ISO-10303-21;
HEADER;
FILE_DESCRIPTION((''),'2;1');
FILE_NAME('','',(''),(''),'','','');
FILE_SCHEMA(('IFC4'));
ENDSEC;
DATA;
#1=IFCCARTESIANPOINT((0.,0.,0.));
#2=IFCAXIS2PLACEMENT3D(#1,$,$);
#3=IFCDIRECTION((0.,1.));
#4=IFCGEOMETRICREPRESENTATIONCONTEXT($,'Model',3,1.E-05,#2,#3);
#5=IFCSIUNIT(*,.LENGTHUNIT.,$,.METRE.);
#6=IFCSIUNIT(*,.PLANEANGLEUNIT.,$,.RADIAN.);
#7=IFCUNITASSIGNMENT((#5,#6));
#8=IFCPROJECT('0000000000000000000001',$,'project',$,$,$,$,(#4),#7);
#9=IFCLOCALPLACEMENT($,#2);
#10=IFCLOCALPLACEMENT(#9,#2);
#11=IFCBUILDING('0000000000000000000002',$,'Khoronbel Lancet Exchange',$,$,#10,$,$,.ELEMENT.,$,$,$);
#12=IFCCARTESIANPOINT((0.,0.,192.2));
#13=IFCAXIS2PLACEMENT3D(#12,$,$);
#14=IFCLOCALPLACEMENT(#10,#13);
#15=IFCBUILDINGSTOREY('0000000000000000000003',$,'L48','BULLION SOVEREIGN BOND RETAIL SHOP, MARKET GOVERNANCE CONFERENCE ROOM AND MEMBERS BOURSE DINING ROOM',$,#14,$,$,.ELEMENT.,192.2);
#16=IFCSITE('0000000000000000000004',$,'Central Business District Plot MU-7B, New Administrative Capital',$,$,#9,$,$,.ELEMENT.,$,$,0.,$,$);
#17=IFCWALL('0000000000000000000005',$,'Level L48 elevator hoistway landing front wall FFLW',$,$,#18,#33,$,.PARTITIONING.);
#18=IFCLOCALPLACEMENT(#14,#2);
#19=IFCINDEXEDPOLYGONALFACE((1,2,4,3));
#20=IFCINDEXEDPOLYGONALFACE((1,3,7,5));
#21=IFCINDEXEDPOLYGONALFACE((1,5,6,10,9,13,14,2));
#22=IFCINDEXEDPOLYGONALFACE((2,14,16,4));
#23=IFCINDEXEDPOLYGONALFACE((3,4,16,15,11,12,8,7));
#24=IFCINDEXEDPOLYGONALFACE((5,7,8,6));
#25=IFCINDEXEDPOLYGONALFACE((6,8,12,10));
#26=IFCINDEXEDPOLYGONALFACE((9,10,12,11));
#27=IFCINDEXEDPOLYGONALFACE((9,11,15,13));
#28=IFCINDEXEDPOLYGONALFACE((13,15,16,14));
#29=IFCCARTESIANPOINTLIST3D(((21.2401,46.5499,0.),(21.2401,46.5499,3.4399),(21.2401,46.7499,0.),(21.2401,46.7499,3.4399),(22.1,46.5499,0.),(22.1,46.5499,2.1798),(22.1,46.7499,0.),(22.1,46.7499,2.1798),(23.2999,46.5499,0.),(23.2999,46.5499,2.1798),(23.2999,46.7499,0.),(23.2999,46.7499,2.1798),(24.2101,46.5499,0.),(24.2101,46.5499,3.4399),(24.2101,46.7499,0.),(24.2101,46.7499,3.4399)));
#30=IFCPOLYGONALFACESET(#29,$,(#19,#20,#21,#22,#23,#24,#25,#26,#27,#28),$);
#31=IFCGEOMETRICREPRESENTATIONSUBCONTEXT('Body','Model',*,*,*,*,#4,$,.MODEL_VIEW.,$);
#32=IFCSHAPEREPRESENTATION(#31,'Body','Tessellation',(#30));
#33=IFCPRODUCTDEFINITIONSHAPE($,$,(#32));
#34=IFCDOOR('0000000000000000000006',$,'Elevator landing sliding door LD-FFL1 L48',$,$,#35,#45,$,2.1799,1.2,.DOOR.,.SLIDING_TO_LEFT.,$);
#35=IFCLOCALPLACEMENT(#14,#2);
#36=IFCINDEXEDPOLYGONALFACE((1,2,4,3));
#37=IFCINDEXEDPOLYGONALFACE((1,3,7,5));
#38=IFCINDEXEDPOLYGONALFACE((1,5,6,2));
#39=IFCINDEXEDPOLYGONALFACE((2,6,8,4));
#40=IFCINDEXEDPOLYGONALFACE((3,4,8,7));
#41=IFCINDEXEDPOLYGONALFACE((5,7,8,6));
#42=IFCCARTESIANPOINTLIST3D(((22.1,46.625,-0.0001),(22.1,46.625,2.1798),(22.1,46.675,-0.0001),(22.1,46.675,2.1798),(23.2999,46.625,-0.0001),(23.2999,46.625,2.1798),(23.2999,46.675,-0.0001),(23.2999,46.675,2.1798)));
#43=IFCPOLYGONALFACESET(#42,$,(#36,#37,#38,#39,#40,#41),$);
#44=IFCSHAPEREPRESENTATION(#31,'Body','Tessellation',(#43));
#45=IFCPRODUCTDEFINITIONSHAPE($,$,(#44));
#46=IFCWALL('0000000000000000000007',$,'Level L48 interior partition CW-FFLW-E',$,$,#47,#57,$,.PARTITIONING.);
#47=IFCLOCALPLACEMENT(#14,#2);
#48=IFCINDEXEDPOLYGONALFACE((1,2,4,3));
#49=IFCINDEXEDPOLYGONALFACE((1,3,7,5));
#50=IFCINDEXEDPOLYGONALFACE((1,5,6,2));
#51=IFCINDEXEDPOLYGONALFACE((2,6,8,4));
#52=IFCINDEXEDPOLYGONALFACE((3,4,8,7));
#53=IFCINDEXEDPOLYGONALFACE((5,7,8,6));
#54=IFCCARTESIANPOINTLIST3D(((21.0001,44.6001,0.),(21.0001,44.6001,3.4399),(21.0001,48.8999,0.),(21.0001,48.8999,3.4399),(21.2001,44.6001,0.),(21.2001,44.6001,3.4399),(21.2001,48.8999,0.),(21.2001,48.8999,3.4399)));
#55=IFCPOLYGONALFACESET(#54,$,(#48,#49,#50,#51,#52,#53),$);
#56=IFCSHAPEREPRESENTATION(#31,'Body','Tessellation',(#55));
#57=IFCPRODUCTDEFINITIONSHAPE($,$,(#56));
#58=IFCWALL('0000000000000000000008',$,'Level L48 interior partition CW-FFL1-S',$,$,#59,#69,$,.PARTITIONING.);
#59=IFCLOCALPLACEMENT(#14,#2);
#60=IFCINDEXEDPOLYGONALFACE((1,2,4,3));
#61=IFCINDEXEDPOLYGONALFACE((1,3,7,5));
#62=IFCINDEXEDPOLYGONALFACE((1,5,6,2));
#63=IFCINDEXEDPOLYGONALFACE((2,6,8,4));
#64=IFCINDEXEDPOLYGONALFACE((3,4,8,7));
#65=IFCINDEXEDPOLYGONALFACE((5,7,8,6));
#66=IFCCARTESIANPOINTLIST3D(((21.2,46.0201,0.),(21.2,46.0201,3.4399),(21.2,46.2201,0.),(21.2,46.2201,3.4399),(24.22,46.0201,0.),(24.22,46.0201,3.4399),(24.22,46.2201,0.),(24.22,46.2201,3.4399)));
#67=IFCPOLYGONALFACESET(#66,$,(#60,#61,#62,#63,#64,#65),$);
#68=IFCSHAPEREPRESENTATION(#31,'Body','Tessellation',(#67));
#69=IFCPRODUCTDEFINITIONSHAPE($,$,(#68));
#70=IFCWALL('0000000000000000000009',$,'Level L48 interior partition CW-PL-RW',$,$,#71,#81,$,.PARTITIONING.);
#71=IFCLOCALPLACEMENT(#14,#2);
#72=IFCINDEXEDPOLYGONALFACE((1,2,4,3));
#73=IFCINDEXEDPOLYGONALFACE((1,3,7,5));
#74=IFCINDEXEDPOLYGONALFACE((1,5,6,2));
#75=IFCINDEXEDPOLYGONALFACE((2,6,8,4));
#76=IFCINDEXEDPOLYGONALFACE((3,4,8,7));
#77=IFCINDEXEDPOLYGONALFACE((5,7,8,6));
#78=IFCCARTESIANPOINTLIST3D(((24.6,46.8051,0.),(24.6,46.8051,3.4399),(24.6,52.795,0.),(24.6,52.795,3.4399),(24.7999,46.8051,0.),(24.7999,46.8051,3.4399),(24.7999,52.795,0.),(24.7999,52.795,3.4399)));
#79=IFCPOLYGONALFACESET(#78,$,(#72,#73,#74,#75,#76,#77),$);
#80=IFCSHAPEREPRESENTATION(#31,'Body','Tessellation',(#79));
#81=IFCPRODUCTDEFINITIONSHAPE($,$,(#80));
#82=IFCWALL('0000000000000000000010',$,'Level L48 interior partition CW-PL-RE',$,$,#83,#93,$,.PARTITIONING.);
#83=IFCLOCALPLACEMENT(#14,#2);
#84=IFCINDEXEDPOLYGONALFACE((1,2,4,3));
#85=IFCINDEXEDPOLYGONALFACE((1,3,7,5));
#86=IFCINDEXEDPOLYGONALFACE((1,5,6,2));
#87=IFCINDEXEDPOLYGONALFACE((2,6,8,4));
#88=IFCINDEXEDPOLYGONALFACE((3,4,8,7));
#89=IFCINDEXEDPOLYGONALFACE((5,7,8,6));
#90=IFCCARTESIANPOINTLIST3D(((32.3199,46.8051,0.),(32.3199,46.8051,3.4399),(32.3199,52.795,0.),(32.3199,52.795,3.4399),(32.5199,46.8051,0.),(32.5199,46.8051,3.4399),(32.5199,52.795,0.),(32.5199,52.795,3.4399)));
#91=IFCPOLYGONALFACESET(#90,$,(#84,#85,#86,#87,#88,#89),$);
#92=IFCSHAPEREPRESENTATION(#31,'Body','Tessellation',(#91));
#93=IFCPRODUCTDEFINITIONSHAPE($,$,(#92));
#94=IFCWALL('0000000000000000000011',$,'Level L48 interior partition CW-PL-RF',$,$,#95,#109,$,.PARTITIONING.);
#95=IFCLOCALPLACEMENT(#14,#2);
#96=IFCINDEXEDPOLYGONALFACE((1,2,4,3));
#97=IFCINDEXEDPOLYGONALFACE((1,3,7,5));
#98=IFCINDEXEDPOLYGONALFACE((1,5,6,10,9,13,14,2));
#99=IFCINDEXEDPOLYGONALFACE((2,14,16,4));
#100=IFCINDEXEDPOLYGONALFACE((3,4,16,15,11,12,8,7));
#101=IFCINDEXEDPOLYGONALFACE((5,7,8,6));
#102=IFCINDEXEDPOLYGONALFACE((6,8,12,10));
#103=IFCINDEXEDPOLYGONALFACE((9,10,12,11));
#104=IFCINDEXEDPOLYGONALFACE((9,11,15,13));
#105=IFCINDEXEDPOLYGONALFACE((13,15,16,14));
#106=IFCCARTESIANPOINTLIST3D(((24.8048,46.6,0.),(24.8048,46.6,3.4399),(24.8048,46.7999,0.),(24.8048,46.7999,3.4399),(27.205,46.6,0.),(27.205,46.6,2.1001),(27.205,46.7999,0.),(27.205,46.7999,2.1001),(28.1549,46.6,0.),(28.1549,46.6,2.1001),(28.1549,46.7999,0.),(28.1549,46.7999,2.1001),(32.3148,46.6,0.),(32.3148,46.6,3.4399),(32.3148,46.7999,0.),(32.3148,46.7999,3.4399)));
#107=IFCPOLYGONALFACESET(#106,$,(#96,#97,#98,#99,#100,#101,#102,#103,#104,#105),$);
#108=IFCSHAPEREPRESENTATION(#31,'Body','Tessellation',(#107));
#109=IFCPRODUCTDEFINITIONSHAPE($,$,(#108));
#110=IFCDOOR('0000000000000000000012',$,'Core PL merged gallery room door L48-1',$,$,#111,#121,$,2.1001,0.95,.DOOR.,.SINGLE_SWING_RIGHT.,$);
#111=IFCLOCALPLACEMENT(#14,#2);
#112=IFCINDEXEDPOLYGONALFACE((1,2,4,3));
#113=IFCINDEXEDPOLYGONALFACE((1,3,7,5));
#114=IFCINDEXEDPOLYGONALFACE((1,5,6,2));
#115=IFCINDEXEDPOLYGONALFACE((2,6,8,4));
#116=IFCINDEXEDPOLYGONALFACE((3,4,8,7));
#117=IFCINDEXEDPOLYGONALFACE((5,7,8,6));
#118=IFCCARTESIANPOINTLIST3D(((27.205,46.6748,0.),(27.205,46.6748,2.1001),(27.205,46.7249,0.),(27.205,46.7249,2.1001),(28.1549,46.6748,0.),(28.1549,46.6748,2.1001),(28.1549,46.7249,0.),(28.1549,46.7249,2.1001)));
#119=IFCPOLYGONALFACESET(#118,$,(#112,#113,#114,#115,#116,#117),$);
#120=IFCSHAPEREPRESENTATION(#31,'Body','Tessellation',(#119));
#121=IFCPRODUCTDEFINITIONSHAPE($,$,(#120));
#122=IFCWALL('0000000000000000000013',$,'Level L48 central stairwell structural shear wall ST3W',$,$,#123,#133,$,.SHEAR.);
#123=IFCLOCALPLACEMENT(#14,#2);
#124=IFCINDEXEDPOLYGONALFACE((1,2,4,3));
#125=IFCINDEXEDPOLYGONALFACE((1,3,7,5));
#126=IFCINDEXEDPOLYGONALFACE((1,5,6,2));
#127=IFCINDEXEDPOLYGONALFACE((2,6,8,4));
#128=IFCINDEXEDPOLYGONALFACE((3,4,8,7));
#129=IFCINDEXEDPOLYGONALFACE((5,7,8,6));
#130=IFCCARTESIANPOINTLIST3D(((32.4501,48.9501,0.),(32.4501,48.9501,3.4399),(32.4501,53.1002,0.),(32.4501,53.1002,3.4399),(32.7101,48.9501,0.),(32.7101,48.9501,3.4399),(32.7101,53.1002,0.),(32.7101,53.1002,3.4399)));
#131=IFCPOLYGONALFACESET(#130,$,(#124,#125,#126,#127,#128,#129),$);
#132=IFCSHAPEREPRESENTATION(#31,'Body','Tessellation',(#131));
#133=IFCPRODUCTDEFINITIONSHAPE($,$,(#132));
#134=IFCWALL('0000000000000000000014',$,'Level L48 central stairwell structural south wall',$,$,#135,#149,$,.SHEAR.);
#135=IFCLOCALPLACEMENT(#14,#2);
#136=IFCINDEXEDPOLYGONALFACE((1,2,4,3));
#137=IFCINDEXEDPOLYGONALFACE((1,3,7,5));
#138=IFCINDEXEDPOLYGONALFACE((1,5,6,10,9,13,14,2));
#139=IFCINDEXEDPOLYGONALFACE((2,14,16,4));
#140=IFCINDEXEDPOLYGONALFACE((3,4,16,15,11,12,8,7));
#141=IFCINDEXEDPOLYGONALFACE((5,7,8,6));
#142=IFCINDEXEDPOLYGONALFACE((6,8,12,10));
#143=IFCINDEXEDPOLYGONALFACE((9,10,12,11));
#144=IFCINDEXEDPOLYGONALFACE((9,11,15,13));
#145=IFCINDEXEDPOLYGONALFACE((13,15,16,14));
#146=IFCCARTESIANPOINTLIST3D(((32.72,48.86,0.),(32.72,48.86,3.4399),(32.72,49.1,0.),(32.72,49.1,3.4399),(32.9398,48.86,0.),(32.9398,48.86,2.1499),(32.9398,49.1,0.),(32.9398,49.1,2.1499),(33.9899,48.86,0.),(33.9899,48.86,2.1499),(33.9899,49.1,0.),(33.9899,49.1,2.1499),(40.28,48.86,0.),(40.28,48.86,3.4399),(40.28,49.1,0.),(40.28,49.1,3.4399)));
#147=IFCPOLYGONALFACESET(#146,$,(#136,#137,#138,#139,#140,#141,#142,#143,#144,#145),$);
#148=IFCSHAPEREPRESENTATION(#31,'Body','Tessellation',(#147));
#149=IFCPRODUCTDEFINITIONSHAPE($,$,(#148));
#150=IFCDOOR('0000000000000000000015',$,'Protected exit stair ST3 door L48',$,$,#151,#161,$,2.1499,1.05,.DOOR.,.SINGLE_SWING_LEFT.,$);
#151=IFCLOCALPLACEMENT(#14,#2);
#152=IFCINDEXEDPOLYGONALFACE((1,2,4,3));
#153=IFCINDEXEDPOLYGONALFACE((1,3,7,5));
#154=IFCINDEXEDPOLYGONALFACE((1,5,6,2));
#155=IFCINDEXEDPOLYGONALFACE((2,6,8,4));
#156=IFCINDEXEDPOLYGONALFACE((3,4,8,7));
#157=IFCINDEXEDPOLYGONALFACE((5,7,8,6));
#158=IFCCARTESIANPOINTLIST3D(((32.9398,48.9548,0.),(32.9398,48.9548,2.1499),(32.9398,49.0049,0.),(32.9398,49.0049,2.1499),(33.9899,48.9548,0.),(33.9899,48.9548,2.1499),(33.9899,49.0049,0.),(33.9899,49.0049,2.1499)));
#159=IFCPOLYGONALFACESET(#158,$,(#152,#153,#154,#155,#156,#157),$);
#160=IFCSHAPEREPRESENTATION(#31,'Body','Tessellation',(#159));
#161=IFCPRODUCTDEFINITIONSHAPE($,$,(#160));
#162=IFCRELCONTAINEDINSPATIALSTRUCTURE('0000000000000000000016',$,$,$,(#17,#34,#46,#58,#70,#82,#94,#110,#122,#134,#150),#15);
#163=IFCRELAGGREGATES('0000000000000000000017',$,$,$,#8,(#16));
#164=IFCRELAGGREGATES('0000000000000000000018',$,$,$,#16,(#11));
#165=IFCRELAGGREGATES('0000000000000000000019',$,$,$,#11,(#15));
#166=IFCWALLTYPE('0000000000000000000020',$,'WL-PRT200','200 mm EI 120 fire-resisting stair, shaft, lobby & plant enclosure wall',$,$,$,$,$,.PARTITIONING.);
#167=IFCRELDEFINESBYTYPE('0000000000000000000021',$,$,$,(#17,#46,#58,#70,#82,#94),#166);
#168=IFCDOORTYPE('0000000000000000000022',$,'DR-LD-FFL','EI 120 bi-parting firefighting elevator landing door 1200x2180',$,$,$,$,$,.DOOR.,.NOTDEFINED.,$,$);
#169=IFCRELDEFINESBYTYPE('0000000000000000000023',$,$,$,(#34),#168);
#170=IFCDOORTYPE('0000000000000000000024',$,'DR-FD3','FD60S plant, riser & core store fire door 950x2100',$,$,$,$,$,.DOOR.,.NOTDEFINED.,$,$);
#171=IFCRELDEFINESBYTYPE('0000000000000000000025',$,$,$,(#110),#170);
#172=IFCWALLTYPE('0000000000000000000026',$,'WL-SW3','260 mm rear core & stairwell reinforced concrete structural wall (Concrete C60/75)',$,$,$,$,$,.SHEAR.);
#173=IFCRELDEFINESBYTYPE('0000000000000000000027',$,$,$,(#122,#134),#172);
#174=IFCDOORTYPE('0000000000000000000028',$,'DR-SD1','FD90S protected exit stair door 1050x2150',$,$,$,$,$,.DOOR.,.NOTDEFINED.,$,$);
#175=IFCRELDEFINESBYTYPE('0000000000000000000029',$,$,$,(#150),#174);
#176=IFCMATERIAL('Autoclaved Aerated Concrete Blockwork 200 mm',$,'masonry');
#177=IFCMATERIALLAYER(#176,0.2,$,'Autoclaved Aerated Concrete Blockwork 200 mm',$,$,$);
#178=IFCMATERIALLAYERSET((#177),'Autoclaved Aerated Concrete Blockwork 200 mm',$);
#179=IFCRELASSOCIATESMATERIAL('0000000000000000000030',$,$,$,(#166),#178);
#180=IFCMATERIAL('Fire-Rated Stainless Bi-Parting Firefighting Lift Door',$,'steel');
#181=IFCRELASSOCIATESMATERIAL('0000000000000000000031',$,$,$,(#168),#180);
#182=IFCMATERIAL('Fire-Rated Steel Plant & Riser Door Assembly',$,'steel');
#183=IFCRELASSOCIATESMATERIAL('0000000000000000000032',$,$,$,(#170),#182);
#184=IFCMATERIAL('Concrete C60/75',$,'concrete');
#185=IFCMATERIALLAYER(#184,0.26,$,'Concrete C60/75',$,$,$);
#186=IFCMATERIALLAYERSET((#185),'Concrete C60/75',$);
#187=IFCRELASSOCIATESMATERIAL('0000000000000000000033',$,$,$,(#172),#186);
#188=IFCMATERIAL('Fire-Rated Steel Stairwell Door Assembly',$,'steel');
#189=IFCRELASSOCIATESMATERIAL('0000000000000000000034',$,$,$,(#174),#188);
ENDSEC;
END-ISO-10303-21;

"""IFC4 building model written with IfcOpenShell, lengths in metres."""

from ifc_helpers import new_model, si_unit, direction, frame, frame_2d, origin, place, context, subcontext, project, spatial, rectangle, extrude, material, layer, layer_set, type_object, element, fill, save


model = new_model("IFC4")

# Units and contexts
model_context = context("Model", 3, precision=1e-05, world=origin(), true_north=direction((0.0, 1.0)))
body_context = subcontext(model_context, "Body", "Model", "MODEL_VIEW")
ifc_project = project(units=[si_unit("LENGTHUNIT", "METRE"), si_unit("PLANEANGLEUNIT", "RADIAN")], contexts=[model_context])

# Site, building, storey
site_placement = place(None, origin())
site = spatial("IfcSite", under=ifc_project, at=site_placement, Name="Central Business District Plot MU-7B, New Administrative Capital", CompositionType="ELEMENT", RefElevation=0.0)
building_placement = place(site_placement, origin())
building = spatial("IfcBuilding", under=site, at=building_placement, Name="Khoronbel Lancet Exchange", CompositionType="ELEMENT")
storey_placement = place(building_placement, frame((0.0, 0.0, 192.2)))
storey = spatial("IfcBuildingStorey", under=building, at=storey_placement, Name="L48", Description="BULLION SOVEREIGN BOND RETAIL SHOP, MARKET GOVERNANCE CONFERENCE ROOM AND MEMBERS BOURSE DINING ROOM", CompositionType="ELEMENT", Elevation=192.2)

# Wall, opening, door
ifc_material_1 = material(Name="Autoclaved Aerated Concrete Blockwork 200 mm", Category="masonry")
ifc_layer_1 = layer(ifc_material_1, 0.2, Name="Autoclaved Aerated Concrete Blockwork 200 mm")
ifc_layer_set_1 = layer_set([ifc_layer_1], Name="Autoclaved Aerated Concrete Blockwork 200 mm")
wall_type_1 = type_object("IfcWallType", Name="WL-PRT200", Description="200 mm EI 120 fire-resisting stair, shaft, lobby & plant enclosure wall", PredefinedType="PARTITIONING", material=ifc_layer_set_1)
wall_1_placement = place(storey_placement, frame((24.21, 46.6499, 0.0), z_axis=(0.0, 0.0, 1.0), x_axis=(-1.0, 0.0, 0.0)))
wall_1 = element("IfcWall", 1, at=wall_1_placement, inside=storey, type_object=wall_type_1, Name="Level L48 elevator hoistway landing front wall FFLW", PredefinedType="PARTITIONING", context=body_context, shape_type="SweptSolid", body=[
    extrude(rectangle(XDim=2.97, YDim=0.2, at=frame_2d((1.4849, 0.0))), origin(), (0.0, 0.0, 1.0), 3.4399),
])
opening_1_placement = place(wall_1_placement, frame((0.9099, 0.0, 0.0)))
opening_1 = element("IfcOpeningElement", 2, at=opening_1_placement, cuts=wall_1, PredefinedType="OPENING", context=body_context, shape_type="SweptSolid", body=[
    extrude(rectangle(XDim=1.2, YDim=2.1799, at=frame_2d((0.6001, 1.0898))), frame((0.0, 0.1099, 0.0), z_axis=(0.0, -1.0, 0.0), x_axis=(1.0, 0.0, 0.0)), (0.0, 0.0, 1.0), 0.22),
])
ifc_material_2 = material(Name="Fire-Rated Stainless Bi-Parting Firefighting Lift Door", Category="steel")
door_type_1 = type_object("IfcDoorType", Name="DR-LD-FFL", Description="EI 120 bi-parting firefighting elevator landing door 1200x2180", OperationType="NOTDEFINED", PredefinedType="DOOR", material=ifc_material_2)
door_1_placement = place(opening_1_placement, origin())
door_1 = element("IfcDoor", 3, at=door_1_placement, inside=storey, type_object=door_type_1, Name="Elevator landing sliding door LD-FFL1 L48", OperationType="SLIDING_TO_LEFT", OverallHeight=2.1799, OverallWidth=1.2, PredefinedType="DOOR", context=body_context, shape_type="SweptSolid", body=[
    extrude(rectangle(XDim=1.2, YDim=2.1799, at=frame_2d((0.6001, 1.0898))), frame((0.0, 0.0249, 0.0), z_axis=(0.0, -1.0, 0.0), x_axis=(1.0, 0.0, 0.0)), (0.0, 0.0, 1.0), 0.05),
])
fill(opening_1, door_1)

# Walls
wall_2_placement = place(storey_placement, frame((21.1001, 44.6001, 0.0), z_axis=(0.0, 0.0, 1.0), x_axis=(0.0, 1.0, 0.0)))
element("IfcWall", 4, at=wall_2_placement, inside=storey, type_object=wall_type_1, Name="Level L48 interior partition CW-FFLW-E", PredefinedType="PARTITIONING", context=body_context, shape_type="SweptSolid", body=[
    extrude(rectangle(XDim=4.2998, YDim=0.2, at=frame_2d((2.1499, 0.0))), origin(), (0.0, 0.0, 1.0), 3.4399),
])
wall_3_placement = place(storey_placement, frame((21.2, 46.1201, 0.0), z_axis=(0.0, 0.0, 1.0), x_axis=(1.0, 0.0, 0.0)))
element("IfcWall", 5, at=wall_3_placement, inside=storey, type_object=wall_type_1, Name="Level L48 interior partition CW-FFL1-S", PredefinedType="PARTITIONING", context=body_context, shape_type="SweptSolid", body=[
    extrude(rectangle(XDim=3.02, YDim=0.2, at=frame_2d((1.51, 0.0))), origin(), (0.0, 0.0, 1.0), 3.4399),
])
for number, where, z_axis, x_axis, name in (
    (6, (24.7, 46.8049, 0.0), (0.0, 0.0, 1.0), (0.0, 1.0, 0.0), "Level L48 interior partition CW-PL-RW"),
    (7, (32.4199, 46.8049, 0.0), (0.0, 0.0, 1.0), (0.0, 1.0, 0.0), "Level L48 interior partition CW-PL-RE"),
):
    element("IfcWall", number, at=place(storey_placement, frame(where, z_axis=z_axis, x_axis=x_axis)), inside=storey, type_object=wall_type_1, Name=name, PredefinedType="PARTITIONING", context=body_context, shape_type="SweptSolid", body=[
        extrude(rectangle(XDim=5.99, YDim=0.2, at=frame_2d((2.9951, 0.0))), origin(), (0.0, 0.0, 1.0), 3.4399),
    ])

# Wall, opening, door
wall_4_placement = place(storey_placement, frame((24.8049, 46.7, 0.0), z_axis=(0.0, 0.0, 1.0), x_axis=(1.0, 0.0, 0.0)))
wall_4 = element("IfcWall", 8, at=wall_4_placement, inside=storey, type_object=wall_type_1, Name="Level L48 interior partition CW-PL-RF", PredefinedType="PARTITIONING", context=body_context, shape_type="SweptSolid", body=[
    extrude(rectangle(XDim=7.51, YDim=0.2, at=frame_2d((3.7549, 0.0))), origin(), (0.0, 0.0, 1.0), 3.4399),
])
opening_2_placement = place(wall_4_placement, frame((2.3999, 0.0, 0.0)))
opening_2 = element("IfcOpeningElement", 9, at=opening_2_placement, cuts=wall_4, PredefinedType="OPENING", context=body_context, shape_type="SweptSolid", body=[
    extrude(rectangle(XDim=0.95, YDim=2.1001, at=frame_2d((0.4751, 1.05))), frame((0.0, 0.1099, 0.0), z_axis=(0.0, -1.0, 0.0), x_axis=(1.0, 0.0, 0.0)), (0.0, 0.0, 1.0), 0.22),
])
ifc_material_3 = material(Name="Fire-Rated Steel Plant & Riser Door Assembly", Category="steel")
door_type_2 = type_object("IfcDoorType", Name="DR-FD3", Description="FD60S plant, riser & core store fire door 950x2100", OperationType="NOTDEFINED", PredefinedType="DOOR", material=ifc_material_3)
door_2_placement = place(opening_2_placement, origin())
door_2 = element("IfcDoor", 10, at=door_2_placement, inside=storey, type_object=door_type_2, Name="Core PL merged gallery room door L48-1", OperationType="SINGLE_SWING_RIGHT", OverallHeight=2.1001, OverallWidth=0.95, PredefinedType="DOOR", context=body_context, shape_type="SweptSolid", body=[
    extrude(rectangle(XDim=0.95, YDim=2.1001, at=frame_2d((0.4751, 1.05))), frame((0.0, 0.0249, 0.0), z_axis=(0.0, -1.0, 0.0), x_axis=(1.0, 0.0, 0.0)), (0.0, 0.0, 1.0), 0.05),
])
fill(opening_2, door_2)

# Wall
ifc_material_4 = material(Name="Concrete C60/75", Category="concrete")
ifc_layer_2 = layer(ifc_material_4, 0.26, Name="Concrete C60/75")
ifc_layer_set_2 = layer_set([ifc_layer_2], Name="Concrete C60/75")
wall_type_2 = type_object("IfcWallType", Name="WL-SW3", Description="260 mm rear core & stairwell reinforced concrete structural wall (Concrete C60/75)", PredefinedType="SHEAR", material=ifc_layer_set_2)
wall_5_placement = place(storey_placement, frame((32.5801, 48.95, 0.0), z_axis=(0.0, 0.0, 1.0), x_axis=(0.0, 1.0, 0.0)))
element("IfcWall", 11, at=wall_5_placement, inside=storey, type_object=wall_type_2, Name="Level L48 central stairwell structural shear wall ST3W", PredefinedType="SHEAR", context=body_context, shape_type="SweptSolid", body=[
    extrude(rectangle(XDim=4.1501, YDim=0.26, at=frame_2d((2.0752, 0.0))), origin(), (0.0, 0.0, 1.0), 3.4399),
])

# Wall, opening, door
wall_6_placement = place(storey_placement, frame((32.72, 48.98, 0.0), z_axis=(0.0, 0.0, 1.0), x_axis=(1.0, 0.0, 0.0)))
wall_6 = element("IfcWall", 12, at=wall_6_placement, inside=storey, type_object=wall_type_2, Name="Level L48 central stairwell structural south wall", PredefinedType="SHEAR", context=body_context, shape_type="SweptSolid", body=[
    extrude(rectangle(XDim=7.5601, YDim=0.24, at=frame_2d((3.78, 0.0))), origin(), (0.0, 0.0, 1.0), 3.4399),
])
opening_3_placement = place(wall_6_placement, frame((0.22, 0.0, 0.0)))
opening_3 = element("IfcOpeningElement", 13, at=opening_3_placement, cuts=wall_6, PredefinedType="OPENING", context=body_context, shape_type="SweptSolid", body=[
    extrude(rectangle(XDim=1.05, YDim=2.1499, at=frame_2d((0.5249, 1.075))), frame((0.0, 0.1299, 0.0), z_axis=(0.0, -1.0, 0.0), x_axis=(1.0, 0.0, 0.0)), (0.0, 0.0, 1.0), 0.26),
])
ifc_material_5 = material(Name="Fire-Rated Steel Stairwell Door Assembly", Category="steel")
door_type_3 = type_object("IfcDoorType", Name="DR-SD1", Description="FD90S protected exit stair door 1050x2150", OperationType="NOTDEFINED", PredefinedType="DOOR", material=ifc_material_5)
door_3_placement = place(opening_3_placement, origin())
door_3 = element("IfcDoor", 14, at=door_3_placement, inside=storey, type_object=door_type_3, Name="Protected exit stair ST3 door L48", OperationType="SINGLE_SWING_LEFT", OverallHeight=2.1499, OverallWidth=1.05, PredefinedType="DOOR", context=body_context, shape_type="SweptSolid", body=[
    extrude(rectangle(XDim=1.05, YDim=2.1499, at=frame_2d((0.5249, 1.075))), frame((0.0, 0.0249, 0.0), z_axis=(0.0, -1.0, 0.0), x_axis=(1.0, 0.0, 0.0)), (0.0, 0.0, 1.0), 0.05),
])
fill(opening_3, door_3)

save(model, "model.ifc")
